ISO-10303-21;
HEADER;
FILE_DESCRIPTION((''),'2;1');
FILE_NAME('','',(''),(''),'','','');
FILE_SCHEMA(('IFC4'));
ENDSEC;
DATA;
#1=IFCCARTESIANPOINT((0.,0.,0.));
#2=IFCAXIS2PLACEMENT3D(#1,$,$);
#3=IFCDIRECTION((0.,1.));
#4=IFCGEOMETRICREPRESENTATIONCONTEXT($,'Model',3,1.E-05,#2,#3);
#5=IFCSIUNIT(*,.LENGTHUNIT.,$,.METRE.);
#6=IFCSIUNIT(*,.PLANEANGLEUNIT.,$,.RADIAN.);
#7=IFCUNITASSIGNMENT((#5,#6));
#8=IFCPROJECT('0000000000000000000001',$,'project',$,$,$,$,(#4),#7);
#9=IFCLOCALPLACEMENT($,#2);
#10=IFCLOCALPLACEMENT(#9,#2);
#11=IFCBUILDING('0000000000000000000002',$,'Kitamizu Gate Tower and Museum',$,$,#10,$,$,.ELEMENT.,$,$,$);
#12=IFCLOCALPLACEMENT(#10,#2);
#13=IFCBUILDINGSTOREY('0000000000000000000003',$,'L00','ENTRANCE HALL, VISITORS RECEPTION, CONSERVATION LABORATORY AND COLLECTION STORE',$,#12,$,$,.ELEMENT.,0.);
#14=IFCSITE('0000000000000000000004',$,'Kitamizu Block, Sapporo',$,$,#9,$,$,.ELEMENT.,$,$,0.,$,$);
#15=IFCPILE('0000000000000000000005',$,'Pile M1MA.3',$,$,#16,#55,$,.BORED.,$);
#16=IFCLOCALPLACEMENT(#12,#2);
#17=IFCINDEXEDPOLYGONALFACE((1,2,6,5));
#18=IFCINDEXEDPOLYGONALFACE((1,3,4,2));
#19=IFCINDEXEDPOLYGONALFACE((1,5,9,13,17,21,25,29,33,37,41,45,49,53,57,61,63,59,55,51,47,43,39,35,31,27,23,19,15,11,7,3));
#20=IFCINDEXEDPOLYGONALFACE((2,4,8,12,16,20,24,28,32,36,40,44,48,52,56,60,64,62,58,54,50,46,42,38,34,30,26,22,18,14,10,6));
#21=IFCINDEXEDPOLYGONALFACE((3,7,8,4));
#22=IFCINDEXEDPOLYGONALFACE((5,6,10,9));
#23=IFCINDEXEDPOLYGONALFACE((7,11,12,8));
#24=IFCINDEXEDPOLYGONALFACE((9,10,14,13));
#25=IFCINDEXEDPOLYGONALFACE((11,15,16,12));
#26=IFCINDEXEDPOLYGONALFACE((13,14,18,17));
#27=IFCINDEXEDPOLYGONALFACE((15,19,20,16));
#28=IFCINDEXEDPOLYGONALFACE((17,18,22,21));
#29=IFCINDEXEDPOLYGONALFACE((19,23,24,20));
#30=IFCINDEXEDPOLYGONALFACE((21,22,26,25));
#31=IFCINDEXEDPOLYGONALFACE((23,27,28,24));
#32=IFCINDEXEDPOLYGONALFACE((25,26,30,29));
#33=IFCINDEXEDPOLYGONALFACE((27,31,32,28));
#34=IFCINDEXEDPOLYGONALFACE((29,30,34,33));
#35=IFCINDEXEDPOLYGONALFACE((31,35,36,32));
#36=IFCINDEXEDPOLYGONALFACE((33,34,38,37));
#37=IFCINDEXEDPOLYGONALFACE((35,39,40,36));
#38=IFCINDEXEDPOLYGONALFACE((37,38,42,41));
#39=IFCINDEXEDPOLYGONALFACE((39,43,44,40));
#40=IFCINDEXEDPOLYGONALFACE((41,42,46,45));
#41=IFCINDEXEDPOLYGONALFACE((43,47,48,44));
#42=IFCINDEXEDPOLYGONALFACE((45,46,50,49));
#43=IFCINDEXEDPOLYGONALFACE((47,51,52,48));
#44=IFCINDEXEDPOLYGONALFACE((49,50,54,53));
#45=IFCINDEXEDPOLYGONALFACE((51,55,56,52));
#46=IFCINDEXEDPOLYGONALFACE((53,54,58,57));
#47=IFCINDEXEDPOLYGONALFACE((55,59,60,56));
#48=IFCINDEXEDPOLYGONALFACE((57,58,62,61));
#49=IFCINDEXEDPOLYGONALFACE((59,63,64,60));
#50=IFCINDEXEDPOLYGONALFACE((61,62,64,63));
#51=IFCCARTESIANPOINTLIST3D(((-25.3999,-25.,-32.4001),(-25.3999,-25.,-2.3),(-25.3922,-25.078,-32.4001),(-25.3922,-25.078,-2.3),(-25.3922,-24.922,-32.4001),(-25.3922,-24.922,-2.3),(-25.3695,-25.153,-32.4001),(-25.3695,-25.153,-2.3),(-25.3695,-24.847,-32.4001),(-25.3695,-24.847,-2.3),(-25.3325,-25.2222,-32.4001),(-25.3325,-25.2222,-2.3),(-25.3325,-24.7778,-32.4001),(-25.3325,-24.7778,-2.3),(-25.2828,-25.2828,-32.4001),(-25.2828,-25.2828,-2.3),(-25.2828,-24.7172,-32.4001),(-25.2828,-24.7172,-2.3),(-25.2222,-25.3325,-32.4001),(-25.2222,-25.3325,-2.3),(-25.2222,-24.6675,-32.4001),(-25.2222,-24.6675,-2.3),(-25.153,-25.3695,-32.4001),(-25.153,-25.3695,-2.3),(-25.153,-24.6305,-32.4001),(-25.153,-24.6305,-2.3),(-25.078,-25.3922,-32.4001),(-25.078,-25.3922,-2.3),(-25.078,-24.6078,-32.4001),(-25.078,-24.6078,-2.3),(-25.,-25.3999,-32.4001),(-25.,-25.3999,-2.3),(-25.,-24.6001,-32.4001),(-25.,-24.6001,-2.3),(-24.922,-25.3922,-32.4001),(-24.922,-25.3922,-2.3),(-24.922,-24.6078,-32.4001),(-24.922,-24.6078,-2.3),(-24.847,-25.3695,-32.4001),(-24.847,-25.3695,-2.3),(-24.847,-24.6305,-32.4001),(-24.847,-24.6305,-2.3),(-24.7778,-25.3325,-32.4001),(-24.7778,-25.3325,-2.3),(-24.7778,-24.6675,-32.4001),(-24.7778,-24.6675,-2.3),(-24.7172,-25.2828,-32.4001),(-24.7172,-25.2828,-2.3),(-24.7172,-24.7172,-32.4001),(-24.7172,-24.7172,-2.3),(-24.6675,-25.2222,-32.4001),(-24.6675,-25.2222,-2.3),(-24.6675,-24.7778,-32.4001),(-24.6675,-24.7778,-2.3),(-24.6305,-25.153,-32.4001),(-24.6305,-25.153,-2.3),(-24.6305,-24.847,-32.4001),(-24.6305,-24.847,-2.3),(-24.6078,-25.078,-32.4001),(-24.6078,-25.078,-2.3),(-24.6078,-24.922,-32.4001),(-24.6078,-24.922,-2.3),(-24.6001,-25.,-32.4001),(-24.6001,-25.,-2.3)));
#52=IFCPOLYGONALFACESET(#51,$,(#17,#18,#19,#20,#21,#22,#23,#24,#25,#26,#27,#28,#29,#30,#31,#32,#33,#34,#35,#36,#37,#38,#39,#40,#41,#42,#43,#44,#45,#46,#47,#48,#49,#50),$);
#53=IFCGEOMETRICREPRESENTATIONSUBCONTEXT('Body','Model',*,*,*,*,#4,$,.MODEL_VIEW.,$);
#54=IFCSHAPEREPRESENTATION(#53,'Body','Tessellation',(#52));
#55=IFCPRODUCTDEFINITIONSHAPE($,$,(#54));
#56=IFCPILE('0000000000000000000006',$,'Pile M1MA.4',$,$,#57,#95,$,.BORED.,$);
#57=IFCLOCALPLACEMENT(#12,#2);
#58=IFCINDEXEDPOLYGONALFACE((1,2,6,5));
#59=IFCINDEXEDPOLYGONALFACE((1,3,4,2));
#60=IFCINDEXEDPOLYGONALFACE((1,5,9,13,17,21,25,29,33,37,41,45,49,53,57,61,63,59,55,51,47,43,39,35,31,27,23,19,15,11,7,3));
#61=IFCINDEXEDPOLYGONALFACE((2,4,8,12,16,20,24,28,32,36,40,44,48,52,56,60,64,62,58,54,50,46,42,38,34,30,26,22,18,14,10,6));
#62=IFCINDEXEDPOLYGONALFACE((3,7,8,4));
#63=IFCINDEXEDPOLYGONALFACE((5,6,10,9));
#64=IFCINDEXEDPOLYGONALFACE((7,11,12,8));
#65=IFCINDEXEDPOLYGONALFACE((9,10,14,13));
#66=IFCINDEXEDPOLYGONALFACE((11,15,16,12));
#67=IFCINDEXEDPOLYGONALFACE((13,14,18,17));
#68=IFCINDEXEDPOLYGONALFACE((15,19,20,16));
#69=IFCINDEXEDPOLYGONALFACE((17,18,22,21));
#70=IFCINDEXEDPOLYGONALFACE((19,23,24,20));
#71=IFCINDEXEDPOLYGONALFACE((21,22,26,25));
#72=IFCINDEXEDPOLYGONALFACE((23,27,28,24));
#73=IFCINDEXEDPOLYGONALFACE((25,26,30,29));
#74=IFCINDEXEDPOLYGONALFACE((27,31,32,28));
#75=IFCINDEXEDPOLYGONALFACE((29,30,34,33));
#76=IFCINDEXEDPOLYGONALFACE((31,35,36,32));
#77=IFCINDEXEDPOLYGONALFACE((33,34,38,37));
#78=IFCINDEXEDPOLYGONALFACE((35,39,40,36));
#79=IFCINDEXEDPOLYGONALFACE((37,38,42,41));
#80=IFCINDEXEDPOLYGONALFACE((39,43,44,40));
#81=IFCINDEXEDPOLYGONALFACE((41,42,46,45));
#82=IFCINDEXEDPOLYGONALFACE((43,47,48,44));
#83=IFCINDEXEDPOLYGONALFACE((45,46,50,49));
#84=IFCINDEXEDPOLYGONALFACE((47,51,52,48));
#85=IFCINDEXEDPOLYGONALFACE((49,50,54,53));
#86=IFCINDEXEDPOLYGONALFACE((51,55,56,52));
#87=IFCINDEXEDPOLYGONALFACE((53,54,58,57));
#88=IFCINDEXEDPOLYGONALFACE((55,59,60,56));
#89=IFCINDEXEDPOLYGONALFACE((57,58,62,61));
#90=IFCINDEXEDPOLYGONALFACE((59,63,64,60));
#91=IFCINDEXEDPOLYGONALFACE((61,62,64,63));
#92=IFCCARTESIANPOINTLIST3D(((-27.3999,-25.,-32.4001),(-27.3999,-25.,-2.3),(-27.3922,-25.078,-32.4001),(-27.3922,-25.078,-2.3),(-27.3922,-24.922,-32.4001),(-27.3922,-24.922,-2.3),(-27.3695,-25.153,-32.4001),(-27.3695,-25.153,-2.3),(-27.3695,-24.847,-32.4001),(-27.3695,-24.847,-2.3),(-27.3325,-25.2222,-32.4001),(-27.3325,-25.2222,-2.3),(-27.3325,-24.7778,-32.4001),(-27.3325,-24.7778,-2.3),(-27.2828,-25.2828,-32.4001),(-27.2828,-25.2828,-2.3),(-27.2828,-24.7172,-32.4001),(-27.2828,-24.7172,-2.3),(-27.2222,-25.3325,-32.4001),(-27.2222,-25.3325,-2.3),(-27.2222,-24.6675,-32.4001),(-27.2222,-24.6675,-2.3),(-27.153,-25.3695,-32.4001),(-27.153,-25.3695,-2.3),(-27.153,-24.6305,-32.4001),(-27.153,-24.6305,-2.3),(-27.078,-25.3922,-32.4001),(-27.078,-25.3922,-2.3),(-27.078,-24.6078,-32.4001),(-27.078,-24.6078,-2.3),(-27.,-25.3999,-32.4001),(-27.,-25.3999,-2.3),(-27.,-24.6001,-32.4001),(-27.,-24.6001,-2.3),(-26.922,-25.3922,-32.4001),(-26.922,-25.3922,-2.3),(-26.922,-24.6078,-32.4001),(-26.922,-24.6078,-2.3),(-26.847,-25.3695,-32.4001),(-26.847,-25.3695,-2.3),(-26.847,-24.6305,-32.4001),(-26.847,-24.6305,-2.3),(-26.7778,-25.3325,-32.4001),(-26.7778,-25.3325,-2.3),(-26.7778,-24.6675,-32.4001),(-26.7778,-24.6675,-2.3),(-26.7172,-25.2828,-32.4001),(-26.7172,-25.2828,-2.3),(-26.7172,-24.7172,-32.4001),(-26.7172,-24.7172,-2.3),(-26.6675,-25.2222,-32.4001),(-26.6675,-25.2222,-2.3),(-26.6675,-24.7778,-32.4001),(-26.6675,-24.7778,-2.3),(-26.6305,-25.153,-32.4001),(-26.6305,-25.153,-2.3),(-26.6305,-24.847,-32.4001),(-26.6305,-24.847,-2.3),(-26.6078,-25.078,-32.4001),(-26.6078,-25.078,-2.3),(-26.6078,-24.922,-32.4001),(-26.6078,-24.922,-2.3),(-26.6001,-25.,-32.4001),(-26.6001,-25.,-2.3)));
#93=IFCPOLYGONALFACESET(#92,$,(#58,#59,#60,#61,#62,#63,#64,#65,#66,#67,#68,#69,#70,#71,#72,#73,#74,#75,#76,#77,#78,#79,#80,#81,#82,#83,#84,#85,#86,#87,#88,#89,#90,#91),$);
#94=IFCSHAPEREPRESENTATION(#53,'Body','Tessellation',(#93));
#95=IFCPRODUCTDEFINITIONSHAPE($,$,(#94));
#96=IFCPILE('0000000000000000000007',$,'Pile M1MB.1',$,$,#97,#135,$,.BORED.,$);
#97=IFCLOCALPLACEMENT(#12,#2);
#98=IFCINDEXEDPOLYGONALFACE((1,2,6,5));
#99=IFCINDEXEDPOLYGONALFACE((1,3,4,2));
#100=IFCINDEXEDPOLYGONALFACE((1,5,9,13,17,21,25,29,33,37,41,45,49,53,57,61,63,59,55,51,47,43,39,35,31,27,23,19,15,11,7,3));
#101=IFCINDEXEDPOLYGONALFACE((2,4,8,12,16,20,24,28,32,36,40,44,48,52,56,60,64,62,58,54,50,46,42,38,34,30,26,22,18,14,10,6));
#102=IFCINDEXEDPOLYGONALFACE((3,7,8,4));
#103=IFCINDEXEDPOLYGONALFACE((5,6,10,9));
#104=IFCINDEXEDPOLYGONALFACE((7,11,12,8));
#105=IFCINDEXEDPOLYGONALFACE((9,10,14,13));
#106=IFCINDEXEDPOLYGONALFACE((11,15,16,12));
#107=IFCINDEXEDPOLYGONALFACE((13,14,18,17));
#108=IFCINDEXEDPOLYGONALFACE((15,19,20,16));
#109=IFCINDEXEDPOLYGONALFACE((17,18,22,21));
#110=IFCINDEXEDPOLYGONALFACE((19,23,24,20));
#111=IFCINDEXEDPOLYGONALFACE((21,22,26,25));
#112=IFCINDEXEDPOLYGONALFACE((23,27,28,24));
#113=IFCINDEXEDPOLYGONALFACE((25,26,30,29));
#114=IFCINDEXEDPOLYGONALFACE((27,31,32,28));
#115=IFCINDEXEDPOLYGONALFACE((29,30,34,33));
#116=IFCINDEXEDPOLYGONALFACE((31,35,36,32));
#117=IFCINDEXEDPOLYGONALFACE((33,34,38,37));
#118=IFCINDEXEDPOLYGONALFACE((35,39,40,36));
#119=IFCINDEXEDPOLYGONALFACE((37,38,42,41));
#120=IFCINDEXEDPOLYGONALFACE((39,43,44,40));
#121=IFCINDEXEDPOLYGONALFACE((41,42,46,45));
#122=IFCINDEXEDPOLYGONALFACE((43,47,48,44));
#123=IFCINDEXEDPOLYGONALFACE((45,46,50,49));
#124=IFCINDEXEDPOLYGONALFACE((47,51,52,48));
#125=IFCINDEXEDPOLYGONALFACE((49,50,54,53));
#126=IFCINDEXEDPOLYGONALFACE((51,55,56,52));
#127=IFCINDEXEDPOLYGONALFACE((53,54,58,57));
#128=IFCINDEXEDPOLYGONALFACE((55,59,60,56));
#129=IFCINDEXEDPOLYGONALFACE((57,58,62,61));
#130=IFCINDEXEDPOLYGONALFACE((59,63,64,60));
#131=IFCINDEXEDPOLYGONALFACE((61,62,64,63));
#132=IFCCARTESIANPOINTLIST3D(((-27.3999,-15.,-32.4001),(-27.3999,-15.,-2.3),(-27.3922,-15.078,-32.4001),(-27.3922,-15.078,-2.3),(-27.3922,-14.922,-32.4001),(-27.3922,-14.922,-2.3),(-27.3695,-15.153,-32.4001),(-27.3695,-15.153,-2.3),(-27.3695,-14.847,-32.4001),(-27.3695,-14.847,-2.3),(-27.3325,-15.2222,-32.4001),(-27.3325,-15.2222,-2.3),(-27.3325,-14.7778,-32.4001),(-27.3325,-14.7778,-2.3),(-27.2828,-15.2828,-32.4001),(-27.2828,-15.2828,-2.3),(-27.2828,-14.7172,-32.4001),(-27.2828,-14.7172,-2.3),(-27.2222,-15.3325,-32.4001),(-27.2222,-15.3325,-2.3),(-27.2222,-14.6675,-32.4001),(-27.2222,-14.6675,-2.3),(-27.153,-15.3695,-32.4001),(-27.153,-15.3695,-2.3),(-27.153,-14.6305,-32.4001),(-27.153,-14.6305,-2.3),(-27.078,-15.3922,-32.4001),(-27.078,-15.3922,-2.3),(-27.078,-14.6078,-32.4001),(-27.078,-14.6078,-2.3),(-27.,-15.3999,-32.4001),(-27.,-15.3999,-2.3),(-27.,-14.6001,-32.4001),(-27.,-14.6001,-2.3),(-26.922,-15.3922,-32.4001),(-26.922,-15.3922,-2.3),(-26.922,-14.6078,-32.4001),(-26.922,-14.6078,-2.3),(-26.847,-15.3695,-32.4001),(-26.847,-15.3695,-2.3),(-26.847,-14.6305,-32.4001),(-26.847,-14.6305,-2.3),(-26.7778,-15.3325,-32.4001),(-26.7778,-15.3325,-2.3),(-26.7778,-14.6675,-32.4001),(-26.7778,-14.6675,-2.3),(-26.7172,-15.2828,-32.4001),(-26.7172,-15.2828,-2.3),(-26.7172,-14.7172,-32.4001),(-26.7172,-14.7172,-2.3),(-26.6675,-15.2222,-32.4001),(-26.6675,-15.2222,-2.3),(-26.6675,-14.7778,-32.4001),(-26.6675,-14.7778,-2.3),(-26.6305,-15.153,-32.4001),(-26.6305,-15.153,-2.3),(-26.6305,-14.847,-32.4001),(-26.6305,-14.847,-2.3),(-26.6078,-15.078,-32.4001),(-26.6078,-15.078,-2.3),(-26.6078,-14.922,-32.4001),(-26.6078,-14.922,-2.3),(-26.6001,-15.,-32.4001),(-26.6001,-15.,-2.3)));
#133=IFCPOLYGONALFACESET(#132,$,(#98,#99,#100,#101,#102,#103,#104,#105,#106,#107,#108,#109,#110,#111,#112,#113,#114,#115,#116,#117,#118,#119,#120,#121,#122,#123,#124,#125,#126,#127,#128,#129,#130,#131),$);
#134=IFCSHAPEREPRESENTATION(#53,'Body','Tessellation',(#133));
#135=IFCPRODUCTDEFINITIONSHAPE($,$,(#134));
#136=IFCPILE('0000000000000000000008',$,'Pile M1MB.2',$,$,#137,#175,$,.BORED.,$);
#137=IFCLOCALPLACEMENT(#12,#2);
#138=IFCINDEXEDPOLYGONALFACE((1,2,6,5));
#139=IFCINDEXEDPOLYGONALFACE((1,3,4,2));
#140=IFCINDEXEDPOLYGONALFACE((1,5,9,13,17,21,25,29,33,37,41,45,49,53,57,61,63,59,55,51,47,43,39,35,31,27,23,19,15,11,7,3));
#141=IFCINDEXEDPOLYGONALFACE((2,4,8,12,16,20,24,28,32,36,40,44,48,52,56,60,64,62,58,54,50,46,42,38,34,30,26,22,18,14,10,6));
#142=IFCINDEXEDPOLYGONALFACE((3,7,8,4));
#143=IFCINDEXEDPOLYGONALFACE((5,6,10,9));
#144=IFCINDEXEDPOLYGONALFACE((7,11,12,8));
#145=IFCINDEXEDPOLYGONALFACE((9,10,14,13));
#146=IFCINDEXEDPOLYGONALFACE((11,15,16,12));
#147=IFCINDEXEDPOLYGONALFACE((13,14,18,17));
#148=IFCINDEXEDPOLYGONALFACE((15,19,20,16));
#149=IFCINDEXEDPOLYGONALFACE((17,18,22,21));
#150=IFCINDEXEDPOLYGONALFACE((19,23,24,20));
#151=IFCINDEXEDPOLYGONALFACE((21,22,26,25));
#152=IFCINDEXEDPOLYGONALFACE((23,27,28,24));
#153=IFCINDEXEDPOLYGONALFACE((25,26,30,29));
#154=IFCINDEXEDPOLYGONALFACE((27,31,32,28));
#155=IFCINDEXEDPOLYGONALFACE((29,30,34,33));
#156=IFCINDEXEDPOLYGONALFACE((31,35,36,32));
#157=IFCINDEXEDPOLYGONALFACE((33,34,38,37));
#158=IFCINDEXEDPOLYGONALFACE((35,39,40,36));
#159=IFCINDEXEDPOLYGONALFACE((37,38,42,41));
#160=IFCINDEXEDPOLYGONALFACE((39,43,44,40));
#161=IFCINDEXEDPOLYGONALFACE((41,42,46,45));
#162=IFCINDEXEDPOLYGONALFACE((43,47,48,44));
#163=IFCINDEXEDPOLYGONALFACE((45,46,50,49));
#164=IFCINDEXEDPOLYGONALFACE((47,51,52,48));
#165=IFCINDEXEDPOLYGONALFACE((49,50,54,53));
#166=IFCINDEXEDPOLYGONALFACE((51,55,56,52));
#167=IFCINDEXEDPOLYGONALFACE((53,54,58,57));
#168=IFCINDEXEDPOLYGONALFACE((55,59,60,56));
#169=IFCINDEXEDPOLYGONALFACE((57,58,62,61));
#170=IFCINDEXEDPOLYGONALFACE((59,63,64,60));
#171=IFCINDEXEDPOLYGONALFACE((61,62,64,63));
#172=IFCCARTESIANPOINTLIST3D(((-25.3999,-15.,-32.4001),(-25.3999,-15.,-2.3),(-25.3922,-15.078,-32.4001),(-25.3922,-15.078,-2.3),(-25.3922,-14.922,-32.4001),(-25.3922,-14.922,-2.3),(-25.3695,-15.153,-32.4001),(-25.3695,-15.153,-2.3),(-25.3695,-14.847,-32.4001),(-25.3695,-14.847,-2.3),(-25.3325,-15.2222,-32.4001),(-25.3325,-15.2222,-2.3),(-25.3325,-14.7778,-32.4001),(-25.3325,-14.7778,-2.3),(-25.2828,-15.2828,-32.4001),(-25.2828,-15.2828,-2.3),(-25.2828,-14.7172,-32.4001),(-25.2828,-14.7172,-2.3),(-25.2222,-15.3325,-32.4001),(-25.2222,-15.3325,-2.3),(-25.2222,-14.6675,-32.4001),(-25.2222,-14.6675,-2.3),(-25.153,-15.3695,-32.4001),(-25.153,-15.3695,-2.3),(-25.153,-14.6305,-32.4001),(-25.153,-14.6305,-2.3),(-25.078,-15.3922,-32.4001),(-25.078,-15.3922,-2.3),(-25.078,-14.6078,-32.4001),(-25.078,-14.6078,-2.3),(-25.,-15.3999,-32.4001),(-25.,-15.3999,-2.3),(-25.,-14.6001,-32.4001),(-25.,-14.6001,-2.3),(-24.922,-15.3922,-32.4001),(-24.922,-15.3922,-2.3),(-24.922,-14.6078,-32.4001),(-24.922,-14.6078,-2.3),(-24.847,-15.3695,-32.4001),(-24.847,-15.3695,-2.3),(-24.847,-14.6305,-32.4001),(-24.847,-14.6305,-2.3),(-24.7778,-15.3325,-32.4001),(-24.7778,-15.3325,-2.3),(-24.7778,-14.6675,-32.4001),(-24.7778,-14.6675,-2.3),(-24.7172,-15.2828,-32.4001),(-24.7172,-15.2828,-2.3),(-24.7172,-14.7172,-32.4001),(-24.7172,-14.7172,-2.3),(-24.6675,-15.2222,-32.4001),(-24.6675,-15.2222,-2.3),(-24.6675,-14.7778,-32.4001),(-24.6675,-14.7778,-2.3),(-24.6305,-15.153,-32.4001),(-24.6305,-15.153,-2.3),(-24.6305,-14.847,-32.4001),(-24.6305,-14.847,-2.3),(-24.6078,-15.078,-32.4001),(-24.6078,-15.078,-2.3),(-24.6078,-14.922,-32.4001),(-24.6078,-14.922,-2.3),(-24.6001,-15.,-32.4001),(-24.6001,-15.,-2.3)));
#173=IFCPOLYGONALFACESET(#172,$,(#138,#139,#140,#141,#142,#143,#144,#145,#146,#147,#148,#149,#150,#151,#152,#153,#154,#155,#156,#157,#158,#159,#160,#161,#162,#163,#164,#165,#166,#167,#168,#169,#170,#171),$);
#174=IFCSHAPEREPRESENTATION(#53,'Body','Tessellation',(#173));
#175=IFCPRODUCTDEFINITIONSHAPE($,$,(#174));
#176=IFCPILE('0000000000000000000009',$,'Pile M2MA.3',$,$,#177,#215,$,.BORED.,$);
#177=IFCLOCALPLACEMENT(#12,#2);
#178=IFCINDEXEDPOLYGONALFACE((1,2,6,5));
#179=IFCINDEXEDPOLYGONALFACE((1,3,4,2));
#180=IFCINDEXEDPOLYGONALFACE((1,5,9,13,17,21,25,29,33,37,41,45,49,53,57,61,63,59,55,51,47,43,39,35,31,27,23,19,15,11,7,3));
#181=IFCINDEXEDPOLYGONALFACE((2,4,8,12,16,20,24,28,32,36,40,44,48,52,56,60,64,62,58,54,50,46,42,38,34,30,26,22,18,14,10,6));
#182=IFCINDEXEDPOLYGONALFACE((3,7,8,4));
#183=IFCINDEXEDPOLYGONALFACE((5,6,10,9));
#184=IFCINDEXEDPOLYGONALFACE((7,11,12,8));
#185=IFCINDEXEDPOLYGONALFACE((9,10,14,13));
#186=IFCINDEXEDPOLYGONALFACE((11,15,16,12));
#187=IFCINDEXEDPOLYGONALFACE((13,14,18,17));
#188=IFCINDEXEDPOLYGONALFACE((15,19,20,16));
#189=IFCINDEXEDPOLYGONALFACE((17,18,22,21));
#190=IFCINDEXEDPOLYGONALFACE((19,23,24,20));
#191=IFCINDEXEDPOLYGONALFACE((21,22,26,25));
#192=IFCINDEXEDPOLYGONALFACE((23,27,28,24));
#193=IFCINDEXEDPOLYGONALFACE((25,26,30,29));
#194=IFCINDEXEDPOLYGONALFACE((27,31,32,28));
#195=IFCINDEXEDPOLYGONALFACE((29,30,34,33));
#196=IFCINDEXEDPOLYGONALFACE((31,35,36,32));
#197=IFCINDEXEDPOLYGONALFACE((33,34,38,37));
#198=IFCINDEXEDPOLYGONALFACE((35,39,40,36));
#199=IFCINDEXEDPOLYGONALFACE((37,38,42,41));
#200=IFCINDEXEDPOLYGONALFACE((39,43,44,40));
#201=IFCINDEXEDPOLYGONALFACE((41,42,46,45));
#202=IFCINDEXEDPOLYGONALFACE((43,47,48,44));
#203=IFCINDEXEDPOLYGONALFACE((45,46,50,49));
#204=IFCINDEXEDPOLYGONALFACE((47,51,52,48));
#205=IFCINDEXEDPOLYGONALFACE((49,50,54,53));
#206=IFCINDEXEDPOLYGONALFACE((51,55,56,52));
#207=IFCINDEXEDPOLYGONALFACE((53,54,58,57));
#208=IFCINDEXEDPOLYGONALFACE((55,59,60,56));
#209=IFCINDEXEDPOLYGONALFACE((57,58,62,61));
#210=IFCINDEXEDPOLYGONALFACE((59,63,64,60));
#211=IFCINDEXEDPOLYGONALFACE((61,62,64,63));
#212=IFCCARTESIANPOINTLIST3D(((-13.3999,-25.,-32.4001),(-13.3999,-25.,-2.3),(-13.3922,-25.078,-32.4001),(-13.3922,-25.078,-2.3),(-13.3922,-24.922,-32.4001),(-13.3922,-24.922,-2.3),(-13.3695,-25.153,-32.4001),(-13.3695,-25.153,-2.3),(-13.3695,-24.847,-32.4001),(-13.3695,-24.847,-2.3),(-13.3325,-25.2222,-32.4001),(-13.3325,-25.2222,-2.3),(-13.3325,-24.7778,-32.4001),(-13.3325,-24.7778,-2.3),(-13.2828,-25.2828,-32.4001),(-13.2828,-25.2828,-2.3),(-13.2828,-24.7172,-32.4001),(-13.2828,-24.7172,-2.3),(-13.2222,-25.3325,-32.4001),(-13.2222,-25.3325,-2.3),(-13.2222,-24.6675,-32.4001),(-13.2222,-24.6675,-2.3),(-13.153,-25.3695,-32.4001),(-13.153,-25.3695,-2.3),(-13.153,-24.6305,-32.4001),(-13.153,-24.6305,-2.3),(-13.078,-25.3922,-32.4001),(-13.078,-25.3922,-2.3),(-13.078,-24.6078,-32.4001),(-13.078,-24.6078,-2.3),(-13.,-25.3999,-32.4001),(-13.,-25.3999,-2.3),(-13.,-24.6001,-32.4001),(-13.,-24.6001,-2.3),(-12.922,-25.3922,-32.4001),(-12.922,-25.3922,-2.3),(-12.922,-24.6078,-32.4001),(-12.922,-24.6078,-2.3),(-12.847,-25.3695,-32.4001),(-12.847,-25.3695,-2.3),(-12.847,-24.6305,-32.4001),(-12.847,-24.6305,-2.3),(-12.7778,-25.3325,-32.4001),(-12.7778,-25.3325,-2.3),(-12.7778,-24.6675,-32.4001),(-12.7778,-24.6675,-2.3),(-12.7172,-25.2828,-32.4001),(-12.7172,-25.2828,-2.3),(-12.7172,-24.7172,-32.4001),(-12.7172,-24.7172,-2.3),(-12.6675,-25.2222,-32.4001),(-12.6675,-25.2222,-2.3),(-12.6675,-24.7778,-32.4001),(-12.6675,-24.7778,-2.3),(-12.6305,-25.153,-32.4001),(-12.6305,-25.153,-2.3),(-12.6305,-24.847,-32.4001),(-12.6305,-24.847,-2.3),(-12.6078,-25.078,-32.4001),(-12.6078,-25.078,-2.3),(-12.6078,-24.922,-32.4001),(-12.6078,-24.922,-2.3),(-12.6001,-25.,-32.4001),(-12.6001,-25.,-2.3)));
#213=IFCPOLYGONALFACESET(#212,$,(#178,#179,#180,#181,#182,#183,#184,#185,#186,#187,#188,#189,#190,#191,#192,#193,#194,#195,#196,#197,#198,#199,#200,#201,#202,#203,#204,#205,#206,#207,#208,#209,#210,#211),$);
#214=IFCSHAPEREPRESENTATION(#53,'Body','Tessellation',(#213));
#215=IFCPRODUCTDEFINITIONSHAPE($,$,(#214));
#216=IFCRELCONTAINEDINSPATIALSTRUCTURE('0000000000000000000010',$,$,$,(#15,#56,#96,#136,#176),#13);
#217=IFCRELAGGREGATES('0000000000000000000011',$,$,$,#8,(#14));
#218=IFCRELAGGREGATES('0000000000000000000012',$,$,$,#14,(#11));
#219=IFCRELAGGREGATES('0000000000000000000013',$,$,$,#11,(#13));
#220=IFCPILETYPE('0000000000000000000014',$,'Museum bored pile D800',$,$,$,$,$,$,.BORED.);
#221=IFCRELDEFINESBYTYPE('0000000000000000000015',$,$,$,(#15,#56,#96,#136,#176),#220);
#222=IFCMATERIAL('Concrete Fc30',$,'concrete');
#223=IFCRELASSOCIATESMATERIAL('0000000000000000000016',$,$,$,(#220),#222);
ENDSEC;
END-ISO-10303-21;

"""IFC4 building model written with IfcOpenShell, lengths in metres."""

from ifc_helpers import new_model, si_unit, direction, frame, origin, origin_2d, place, context, subcontext, project, spatial, circle, extrude, material, material_profile, profile_set, type_object, element, save


model = new_model("IFC4")

# Units and contexts
model_context = context("Model", 3, precision=1e-05, world=origin(), true_north=direction((0.0, 1.0)))
body_context = subcontext(model_context, "Body", "Model", "MODEL_VIEW")
ifc_project = project(units=[si_unit("LENGTHUNIT", "METRE"), si_unit("PLANEANGLEUNIT", "RADIAN")], contexts=[model_context])

# Site, building, storey
site_placement = place(None, origin())
site = spatial("IfcSite", under=ifc_project, at=site_placement, Name="Kitamizu Block, Sapporo", CompositionType="ELEMENT", RefElevation=0.0)
building_placement = place(site_placement, origin())
building = spatial("IfcBuilding", under=site, at=building_placement, Name="Kitamizu Gate Tower and Museum", CompositionType="ELEMENT")
storey_placement = place(building_placement, origin())
storey = spatial("IfcBuildingStorey", under=building, at=storey_placement, Name="L00", Description="ENTRANCE HALL, VISITORS RECEPTION, CONSERVATION LABORATORY AND COLLECTION STORE", CompositionType="ELEMENT", Elevation=0.0)

# Piles
ifc_material_1 = material(Name="Concrete Fc30", Category="concrete")
ifc_material_profile_1 = material_profile(ifc_material_1, circle(Radius=0.3999, at=origin_2d()), Name="D800")
ifc_profile_set_1 = profile_set([ifc_material_profile_1], Name="Concrete Fc30")
pile_type = type_object("IfcPileType", Name="Museum bored pile D800", PredefinedType="BORED", material=ifc_profile_set_1)
for number, where, z_axis, x_axis, name in (
    (1, (-25.0, -25.0, -2.3), (0.0, 0.0, -1.0), (1.0, 0.0, 0.0), "Pile M1MA.3"),
    (2, (-27.0, -25.0, -2.3), (0.0, 0.0, -1.0), (1.0, 0.0, 0.0), "Pile M1MA.4"),
    (3, (-27.0, -15.0, -2.3), (0.0, 0.0, -1.0), (1.0, 0.0, 0.0), "Pile M1MB.1"),
    (4, (-25.0, -15.0, -2.3), (0.0, 0.0, -1.0), (1.0, 0.0, 0.0), "Pile M1MB.2"),
    (5, (-13.0, -25.0, -2.3), (0.0, 0.0, -1.0), (1.0, 0.0, 0.0), "Pile M2MA.3"),
):
    element("IfcPile", number, at=place(storey_placement, frame(where, z_axis=z_axis, x_axis=x_axis)), inside=storey, type_object=pile_type, Name=name, PredefinedType="BORED", context=body_context, shape_type="SweptSolid", body=[
        extrude(circle(Radius=0.3999, at=origin_2d()), origin(), (0.0, 0.0, 1.0), 30.1001),
    ])

save(model, "model.ifc")
